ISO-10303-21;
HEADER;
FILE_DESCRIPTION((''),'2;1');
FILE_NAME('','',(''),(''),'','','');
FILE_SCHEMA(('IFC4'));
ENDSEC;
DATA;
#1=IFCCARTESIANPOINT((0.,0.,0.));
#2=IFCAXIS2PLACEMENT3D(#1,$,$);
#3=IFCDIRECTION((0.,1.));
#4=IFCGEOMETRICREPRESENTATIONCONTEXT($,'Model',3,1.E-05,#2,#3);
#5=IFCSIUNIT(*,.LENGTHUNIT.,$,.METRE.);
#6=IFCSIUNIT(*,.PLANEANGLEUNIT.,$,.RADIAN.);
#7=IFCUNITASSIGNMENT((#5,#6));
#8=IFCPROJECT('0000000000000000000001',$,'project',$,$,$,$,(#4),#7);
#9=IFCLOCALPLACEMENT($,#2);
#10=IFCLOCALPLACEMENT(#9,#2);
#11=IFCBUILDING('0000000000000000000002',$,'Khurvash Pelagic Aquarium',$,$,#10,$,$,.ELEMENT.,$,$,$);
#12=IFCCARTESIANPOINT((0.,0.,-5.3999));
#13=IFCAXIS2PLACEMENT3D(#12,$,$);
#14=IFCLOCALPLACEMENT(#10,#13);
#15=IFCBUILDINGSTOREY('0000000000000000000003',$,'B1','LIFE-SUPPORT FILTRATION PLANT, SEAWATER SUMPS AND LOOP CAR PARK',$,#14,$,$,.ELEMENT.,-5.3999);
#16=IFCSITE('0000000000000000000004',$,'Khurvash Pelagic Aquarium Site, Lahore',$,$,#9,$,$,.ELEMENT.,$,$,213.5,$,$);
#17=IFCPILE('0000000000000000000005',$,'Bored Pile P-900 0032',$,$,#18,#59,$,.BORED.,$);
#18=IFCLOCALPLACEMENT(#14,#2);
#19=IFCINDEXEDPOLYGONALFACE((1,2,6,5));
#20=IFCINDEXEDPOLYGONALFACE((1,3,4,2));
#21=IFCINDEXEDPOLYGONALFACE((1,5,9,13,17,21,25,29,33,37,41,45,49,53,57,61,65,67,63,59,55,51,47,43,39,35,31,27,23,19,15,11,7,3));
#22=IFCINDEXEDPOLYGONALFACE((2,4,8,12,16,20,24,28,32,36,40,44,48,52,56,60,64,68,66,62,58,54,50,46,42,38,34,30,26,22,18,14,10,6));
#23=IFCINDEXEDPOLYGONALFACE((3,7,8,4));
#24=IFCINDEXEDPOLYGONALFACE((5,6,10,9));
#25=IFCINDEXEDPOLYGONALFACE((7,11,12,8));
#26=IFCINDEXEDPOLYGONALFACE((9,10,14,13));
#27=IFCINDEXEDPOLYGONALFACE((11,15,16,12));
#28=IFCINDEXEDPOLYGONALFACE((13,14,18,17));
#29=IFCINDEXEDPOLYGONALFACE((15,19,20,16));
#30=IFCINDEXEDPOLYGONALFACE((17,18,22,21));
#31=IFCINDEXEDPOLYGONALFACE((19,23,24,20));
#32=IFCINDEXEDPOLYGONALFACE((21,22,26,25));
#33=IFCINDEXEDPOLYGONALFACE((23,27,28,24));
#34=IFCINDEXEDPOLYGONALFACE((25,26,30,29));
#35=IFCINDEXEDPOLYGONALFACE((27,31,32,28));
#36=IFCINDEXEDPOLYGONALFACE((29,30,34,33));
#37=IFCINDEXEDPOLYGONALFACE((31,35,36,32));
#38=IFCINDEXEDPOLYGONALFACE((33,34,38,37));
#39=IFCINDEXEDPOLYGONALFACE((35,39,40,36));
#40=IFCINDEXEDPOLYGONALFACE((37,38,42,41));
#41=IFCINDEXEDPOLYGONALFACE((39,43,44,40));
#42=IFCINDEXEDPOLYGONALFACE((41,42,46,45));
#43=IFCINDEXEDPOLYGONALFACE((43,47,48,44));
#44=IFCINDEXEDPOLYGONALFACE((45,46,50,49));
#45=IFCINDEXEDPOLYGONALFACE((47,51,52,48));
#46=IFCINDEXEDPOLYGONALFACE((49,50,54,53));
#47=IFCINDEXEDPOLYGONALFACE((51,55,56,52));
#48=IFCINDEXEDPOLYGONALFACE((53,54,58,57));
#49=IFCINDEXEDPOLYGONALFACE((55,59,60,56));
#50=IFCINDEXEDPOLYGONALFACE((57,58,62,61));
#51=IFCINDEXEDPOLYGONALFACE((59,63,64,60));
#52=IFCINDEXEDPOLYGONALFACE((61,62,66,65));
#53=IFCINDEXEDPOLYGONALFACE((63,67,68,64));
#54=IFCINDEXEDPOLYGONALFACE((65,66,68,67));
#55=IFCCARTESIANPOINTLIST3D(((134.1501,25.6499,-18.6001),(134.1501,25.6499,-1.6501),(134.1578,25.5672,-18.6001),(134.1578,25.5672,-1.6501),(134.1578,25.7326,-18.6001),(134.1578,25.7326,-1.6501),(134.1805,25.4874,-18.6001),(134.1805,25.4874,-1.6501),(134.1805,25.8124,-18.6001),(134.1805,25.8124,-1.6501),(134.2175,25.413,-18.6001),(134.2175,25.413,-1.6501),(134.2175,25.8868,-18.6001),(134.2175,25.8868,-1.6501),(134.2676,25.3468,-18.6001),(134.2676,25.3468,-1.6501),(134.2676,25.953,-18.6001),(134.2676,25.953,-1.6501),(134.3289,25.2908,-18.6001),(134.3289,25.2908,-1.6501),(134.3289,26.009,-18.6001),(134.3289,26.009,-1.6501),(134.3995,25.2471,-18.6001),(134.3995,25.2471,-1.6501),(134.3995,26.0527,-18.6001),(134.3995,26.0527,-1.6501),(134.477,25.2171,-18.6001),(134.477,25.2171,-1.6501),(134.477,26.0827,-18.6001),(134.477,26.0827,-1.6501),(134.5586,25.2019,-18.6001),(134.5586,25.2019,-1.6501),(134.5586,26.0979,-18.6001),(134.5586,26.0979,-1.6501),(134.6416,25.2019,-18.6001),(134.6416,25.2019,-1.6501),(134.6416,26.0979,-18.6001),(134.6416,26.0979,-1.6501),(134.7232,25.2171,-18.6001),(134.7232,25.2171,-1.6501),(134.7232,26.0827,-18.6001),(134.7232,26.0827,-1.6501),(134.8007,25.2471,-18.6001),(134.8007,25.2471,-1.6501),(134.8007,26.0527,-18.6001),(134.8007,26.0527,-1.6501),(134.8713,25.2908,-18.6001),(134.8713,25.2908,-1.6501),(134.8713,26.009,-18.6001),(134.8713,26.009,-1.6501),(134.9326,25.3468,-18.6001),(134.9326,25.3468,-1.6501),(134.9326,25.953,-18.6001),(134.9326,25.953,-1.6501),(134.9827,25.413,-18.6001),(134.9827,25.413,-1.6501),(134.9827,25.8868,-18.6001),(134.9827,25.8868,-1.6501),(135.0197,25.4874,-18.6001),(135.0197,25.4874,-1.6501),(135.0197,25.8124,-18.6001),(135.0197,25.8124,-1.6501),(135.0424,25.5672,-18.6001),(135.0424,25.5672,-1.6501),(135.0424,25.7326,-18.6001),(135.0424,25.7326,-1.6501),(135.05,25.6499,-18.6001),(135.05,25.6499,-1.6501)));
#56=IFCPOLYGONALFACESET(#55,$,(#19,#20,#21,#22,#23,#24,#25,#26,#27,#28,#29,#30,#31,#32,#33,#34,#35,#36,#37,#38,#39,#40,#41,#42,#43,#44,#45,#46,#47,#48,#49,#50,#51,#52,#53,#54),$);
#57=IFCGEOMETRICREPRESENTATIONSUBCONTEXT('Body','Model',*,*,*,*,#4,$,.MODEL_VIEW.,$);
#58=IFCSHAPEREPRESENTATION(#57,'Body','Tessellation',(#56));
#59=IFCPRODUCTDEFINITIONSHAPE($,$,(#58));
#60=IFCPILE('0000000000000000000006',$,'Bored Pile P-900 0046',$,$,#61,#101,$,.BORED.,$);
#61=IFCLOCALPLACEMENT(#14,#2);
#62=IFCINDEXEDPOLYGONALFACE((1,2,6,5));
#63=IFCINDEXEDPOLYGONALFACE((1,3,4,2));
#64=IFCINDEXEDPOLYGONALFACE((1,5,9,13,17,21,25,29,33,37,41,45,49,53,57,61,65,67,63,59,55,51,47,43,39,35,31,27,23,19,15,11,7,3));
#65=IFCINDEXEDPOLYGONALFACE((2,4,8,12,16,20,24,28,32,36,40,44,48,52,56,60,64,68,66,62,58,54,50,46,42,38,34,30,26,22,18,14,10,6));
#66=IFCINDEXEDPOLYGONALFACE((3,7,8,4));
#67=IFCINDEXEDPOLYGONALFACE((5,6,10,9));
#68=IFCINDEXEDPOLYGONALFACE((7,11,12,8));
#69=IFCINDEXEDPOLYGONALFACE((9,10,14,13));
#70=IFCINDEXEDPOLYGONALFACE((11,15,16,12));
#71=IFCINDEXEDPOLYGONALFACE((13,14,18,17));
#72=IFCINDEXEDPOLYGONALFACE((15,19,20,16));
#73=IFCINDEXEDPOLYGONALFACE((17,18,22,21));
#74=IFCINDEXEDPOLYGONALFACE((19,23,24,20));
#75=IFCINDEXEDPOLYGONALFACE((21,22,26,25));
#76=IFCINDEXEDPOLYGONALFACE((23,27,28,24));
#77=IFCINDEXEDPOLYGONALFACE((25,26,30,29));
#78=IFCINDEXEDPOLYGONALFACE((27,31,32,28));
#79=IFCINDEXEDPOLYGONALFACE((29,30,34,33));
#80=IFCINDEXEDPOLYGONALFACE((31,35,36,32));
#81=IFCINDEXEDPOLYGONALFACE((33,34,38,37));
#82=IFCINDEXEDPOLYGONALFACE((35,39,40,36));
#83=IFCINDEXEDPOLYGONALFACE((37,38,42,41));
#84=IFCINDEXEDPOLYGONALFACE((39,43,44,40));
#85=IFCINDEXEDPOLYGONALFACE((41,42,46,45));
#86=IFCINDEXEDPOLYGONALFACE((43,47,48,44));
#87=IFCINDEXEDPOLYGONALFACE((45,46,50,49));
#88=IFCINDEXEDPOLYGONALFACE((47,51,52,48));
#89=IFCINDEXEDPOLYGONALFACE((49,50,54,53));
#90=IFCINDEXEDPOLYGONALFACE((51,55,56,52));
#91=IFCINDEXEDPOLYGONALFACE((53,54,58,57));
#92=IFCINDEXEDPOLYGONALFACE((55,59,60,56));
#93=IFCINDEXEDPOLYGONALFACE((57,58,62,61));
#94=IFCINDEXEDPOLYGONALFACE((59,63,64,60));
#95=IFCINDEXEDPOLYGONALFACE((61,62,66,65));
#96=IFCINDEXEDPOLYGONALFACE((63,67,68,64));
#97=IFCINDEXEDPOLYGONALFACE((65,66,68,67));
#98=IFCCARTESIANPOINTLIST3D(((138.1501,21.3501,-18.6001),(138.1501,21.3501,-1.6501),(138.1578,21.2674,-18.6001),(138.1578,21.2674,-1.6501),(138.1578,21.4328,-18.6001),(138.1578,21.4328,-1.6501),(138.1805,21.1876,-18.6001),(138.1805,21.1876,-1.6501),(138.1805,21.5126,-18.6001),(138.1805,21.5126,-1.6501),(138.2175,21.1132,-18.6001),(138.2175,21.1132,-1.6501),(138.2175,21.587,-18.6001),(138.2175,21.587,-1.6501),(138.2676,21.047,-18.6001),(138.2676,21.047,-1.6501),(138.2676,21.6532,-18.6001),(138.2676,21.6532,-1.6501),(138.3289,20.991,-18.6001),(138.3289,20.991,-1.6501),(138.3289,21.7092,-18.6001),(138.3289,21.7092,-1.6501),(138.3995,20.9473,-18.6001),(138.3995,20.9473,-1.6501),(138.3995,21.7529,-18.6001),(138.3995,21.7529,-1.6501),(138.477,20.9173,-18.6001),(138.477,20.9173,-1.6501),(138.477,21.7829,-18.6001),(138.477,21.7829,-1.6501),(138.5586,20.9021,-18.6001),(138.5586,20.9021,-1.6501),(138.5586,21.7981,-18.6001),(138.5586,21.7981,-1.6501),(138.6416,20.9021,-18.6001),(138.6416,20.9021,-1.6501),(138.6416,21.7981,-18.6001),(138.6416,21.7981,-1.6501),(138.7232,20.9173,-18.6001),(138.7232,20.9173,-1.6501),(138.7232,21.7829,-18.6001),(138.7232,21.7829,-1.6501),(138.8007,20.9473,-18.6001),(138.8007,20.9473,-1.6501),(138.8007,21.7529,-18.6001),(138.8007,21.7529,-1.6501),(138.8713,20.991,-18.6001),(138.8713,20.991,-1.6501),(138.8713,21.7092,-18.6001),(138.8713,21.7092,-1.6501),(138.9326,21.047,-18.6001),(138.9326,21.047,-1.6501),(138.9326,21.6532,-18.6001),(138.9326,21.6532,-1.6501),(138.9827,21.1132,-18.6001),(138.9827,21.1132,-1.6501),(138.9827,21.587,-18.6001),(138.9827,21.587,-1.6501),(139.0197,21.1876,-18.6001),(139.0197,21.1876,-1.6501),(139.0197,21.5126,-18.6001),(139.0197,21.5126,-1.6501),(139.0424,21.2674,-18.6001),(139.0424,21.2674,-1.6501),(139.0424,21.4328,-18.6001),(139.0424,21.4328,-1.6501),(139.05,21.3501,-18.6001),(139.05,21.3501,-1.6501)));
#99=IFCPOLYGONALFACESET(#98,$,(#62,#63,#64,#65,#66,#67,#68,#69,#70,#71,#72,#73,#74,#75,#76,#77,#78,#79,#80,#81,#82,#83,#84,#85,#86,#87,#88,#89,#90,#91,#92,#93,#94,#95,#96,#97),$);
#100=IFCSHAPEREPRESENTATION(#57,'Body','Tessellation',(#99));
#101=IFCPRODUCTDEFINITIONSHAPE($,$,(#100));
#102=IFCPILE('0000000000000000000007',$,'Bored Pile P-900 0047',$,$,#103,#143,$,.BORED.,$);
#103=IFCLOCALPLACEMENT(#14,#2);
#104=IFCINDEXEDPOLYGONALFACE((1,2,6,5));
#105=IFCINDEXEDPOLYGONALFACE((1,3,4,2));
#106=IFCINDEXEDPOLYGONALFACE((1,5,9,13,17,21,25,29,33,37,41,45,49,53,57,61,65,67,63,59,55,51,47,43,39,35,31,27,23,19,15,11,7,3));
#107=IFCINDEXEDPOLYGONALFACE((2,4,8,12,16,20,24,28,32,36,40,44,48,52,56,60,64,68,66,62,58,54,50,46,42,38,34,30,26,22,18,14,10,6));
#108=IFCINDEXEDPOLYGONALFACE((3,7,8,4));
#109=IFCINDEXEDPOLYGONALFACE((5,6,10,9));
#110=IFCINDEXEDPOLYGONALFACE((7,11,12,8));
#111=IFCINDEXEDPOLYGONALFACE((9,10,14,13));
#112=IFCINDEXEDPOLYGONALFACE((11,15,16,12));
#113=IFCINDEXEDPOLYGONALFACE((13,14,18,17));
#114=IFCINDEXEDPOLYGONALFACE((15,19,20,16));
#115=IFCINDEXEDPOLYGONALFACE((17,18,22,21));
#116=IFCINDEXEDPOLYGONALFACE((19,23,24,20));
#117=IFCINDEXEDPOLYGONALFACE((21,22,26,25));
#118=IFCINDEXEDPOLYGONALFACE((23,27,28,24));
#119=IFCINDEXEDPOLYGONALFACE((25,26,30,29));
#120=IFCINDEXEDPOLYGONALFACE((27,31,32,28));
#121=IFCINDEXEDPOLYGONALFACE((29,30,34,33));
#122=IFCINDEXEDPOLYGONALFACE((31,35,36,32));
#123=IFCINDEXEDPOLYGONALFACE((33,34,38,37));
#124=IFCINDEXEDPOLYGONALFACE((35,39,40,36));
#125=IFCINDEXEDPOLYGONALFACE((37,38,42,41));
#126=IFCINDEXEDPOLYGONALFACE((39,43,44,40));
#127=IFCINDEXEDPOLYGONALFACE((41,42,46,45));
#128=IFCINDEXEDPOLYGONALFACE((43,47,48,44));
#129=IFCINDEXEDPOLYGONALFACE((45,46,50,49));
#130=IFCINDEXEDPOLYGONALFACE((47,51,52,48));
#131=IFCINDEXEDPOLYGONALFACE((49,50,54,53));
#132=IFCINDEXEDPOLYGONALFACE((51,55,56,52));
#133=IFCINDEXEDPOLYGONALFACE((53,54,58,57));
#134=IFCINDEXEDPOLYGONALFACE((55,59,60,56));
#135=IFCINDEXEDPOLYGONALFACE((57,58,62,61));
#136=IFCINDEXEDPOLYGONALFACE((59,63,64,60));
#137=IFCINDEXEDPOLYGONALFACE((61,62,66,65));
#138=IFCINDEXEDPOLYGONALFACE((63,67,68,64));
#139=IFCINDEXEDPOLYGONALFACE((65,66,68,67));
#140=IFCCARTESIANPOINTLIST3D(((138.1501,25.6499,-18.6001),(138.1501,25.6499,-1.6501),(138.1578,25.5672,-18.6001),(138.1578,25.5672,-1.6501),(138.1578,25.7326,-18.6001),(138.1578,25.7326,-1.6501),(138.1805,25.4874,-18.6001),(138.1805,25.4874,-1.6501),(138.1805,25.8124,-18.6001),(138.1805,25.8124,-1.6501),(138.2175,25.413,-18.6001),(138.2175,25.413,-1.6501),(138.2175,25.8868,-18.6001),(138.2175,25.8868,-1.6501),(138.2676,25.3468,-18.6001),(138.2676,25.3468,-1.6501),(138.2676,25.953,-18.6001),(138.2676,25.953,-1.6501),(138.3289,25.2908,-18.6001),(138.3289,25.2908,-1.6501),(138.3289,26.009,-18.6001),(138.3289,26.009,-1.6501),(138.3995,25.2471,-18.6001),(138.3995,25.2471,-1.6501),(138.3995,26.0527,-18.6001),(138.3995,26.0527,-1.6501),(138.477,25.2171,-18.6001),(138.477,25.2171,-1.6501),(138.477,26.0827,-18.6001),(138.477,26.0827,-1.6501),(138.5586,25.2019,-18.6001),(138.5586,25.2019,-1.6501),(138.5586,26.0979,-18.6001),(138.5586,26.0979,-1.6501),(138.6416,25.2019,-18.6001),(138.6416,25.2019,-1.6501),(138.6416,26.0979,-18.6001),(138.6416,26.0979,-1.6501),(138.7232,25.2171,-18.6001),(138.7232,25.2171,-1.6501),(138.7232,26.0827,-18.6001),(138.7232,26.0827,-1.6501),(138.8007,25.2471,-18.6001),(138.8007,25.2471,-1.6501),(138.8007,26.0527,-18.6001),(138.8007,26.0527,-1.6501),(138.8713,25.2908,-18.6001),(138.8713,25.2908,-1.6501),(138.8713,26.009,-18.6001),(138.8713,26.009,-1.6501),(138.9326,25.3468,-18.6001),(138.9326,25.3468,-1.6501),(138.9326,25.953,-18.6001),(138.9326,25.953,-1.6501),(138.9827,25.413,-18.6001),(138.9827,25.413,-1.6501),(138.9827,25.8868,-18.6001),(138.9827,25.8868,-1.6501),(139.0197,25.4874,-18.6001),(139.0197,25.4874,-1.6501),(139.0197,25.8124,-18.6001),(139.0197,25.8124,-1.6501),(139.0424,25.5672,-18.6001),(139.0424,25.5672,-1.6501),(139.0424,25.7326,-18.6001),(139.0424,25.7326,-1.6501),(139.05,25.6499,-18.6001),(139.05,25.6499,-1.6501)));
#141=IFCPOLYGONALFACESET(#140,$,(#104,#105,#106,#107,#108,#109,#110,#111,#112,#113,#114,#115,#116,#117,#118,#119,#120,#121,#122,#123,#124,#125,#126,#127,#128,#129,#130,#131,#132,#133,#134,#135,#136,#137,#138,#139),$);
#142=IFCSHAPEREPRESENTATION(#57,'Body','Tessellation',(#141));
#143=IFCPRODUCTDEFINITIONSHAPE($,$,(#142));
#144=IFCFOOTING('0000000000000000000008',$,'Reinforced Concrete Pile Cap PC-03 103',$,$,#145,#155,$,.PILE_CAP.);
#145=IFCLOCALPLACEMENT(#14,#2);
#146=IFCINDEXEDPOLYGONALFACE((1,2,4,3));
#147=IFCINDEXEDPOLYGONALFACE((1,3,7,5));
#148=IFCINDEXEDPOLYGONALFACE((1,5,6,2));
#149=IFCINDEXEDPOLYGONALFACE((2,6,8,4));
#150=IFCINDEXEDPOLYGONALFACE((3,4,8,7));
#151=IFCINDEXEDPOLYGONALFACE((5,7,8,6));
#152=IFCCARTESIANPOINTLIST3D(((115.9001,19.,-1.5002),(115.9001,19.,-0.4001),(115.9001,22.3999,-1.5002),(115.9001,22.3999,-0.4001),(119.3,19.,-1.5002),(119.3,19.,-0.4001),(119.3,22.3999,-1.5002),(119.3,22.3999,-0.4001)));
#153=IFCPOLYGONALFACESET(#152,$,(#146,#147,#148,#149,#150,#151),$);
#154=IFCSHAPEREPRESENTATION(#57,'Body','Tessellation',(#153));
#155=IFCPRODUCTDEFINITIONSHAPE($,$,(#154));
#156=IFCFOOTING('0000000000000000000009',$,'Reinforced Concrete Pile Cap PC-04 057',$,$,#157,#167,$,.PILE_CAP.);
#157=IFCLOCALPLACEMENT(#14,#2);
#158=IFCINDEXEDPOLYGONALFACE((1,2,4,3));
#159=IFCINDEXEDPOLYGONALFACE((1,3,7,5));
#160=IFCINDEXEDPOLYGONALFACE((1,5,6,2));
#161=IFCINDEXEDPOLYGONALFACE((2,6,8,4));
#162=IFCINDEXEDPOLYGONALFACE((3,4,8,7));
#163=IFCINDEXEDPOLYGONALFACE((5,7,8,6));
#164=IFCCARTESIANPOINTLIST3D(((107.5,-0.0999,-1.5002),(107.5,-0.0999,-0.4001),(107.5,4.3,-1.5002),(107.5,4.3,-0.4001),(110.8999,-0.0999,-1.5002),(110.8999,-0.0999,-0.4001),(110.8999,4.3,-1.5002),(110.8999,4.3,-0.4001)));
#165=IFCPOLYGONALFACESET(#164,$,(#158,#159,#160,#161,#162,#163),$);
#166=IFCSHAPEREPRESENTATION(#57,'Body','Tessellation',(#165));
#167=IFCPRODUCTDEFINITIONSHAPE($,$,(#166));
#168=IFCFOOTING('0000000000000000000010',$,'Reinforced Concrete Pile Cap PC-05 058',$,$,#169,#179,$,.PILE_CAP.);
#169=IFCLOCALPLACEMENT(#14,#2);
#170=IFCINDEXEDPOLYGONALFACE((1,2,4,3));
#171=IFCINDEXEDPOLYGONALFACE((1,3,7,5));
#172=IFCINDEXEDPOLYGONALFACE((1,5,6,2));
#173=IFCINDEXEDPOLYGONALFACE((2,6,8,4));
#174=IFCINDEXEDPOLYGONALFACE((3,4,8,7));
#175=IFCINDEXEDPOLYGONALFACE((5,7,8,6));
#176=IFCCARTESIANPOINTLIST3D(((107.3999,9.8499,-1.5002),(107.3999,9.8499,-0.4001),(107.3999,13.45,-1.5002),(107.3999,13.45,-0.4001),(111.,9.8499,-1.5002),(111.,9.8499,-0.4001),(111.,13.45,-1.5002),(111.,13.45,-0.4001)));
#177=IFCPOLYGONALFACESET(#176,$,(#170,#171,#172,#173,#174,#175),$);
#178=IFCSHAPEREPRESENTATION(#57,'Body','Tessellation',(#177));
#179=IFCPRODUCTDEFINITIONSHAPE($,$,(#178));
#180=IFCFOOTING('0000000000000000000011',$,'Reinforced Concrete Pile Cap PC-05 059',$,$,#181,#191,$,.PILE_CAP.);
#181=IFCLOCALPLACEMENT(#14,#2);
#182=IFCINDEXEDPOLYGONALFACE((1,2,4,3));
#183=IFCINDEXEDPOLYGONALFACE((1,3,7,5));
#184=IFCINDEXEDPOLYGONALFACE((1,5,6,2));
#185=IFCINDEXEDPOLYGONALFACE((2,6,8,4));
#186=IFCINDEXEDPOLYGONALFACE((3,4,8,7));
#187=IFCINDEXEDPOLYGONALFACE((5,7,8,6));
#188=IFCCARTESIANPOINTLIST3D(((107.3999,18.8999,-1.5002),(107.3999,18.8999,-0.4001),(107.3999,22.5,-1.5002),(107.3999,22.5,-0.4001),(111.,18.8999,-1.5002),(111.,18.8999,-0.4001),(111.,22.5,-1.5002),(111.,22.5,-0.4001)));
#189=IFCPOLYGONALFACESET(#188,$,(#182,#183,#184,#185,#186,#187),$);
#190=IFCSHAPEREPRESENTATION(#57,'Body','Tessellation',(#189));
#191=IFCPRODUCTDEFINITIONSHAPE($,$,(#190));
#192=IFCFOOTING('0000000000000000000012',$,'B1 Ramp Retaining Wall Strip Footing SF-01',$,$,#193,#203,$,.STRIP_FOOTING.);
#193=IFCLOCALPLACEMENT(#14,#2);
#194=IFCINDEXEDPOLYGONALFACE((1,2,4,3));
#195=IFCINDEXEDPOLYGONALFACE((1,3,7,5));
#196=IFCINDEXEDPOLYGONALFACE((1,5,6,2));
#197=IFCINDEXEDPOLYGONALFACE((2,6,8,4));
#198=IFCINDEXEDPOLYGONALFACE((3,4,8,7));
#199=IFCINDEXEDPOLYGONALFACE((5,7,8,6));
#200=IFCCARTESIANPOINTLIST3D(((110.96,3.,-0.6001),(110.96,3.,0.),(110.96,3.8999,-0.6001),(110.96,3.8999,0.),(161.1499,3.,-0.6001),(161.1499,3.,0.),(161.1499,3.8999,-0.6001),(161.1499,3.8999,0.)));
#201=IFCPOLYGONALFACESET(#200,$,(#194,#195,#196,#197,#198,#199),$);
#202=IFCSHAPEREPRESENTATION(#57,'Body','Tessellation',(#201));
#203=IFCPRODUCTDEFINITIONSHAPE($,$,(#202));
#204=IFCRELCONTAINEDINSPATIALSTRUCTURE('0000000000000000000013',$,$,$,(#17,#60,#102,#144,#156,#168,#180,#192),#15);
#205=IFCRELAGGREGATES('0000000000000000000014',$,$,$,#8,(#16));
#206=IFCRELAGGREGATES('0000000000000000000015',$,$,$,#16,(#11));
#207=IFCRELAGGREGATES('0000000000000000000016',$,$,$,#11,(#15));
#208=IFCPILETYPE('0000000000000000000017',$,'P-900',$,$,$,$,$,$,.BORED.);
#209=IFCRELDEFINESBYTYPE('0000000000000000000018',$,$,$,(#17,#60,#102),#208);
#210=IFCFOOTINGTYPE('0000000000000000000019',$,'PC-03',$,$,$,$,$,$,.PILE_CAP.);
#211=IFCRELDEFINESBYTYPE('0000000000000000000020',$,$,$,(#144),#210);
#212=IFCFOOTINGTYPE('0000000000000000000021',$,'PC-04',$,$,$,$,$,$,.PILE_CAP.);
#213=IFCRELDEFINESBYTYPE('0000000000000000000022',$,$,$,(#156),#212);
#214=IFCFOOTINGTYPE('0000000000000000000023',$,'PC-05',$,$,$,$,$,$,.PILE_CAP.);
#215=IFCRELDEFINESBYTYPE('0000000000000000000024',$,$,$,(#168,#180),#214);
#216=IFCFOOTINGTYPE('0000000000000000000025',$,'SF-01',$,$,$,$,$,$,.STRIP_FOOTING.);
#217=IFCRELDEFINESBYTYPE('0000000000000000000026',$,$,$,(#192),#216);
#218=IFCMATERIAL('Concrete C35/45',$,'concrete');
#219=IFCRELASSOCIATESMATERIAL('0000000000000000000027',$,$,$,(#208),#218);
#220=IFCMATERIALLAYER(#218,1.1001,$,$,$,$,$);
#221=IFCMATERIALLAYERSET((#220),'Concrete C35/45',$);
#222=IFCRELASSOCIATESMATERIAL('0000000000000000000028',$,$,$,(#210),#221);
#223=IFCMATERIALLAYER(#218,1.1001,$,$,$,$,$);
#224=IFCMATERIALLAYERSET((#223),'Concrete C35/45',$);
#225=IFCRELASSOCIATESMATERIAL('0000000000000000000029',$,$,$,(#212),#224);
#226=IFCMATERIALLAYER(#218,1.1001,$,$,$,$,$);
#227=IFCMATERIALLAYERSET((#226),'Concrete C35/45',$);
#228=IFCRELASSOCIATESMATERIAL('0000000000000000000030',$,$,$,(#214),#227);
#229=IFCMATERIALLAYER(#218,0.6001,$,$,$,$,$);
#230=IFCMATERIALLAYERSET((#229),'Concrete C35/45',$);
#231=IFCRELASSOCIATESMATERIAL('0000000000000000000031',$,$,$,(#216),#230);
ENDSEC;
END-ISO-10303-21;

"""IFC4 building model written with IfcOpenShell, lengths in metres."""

from ifc_helpers import new_model, si_unit, direction, frame, origin, origin_2d, place, context, subcontext, project, spatial, rectangle, circle, extrude, material, layer, layer_set, material_profile, profile_set, type_object, element, save


model = new_model("IFC4")

# Units and contexts
model_context = context("Model", 3, precision=1e-05, world=origin(), true_north=direction((0.0, 1.0)))
body_context = subcontext(model_context, "Body", "Model", "MODEL_VIEW")
ifc_project = project(units=[si_unit("LENGTHUNIT", "METRE"), si_unit("PLANEANGLEUNIT", "RADIAN")], contexts=[model_context])

# Site, building, storey
site_placement = place(None, origin())
site = spatial("IfcSite", under=ifc_project, at=site_placement, Name="Khurvash Pelagic Aquarium Site, Lahore", CompositionType="ELEMENT", RefElevation=213.5)
building_placement = place(site_placement, origin())
building = spatial("IfcBuilding", under=site, at=building_placement, Name="Khurvash Pelagic Aquarium", CompositionType="ELEMENT")
storey_placement = place(building_placement, frame((0.0, 0.0, -5.3999)))
storey = spatial("IfcBuildingStorey", under=building, at=storey_placement, Name="B1", Description="LIFE-SUPPORT FILTRATION PLANT, SEAWATER SUMPS AND LOOP CAR PARK", CompositionType="ELEMENT", Elevation=-5.3999)

# Shared definitions
ifc_material_1 = material(Name="Concrete C35/45", Category="concrete")

# Piles
ifc_material_profile_1 = material_profile(ifc_material_1, circle(Radius=0.45, at=origin_2d()), Name="PILE900")
ifc_profile_set_1 = profile_set([ifc_material_profile_1], Name="Concrete C35/45")
pile_type_1 = type_object("IfcPileType", Name="P-900", PredefinedType="BORED", material=ifc_profile_set_1)
for number, where, z_axis, x_axis, name in (
    (1, (134.6001, 25.6499, -1.6501), (0.0, 0.0, -1.0), (1.0, 0.0, 0.0), "Bored Pile P-900 0032"),
    (2, (138.6001, 21.3501, -1.6501), (0.0, 0.0, -1.0), (1.0, 0.0, 0.0), "Bored Pile P-900 0046"),
    (3, (138.6001, 25.6499, -1.6501), (0.0, 0.0, -1.0), (1.0, 0.0, 0.0), "Bored Pile P-900 0047"),
):
    element("IfcPile", number, at=place(storey_placement, frame(where, z_axis=z_axis, x_axis=x_axis)), inside=storey, type_object=pile_type_1, Name=name, PredefinedType="BORED", context=body_context, shape_type="SweptSolid", body=[
        extrude(circle(Radius=0.45, at=origin_2d()), origin(), (0.0, 0.0, 1.0), 16.95),
    ])

# Footings
ifc_layer_1 = layer(ifc_material_1, 1.1001)
ifc_layer_set_1 = layer_set([ifc_layer_1], Name="Concrete C35/45")
footing_type_1 = type_object("IfcFootingType", Name="PC-03", PredefinedType="PILE_CAP", material=ifc_layer_set_1)
footing_1_placement = place(storey_placement, frame((117.6001, 20.7, -1.5002), z_axis=(0.0, 0.0, 1.0), x_axis=(1.0, 0.0, 0.0)))
element("IfcFooting", 4, at=footing_1_placement, inside=storey, type_object=footing_type_1, Name="Reinforced Concrete Pile Cap PC-03 103", PredefinedType="PILE_CAP", context=body_context, shape_type="SweptSolid", body=[
    extrude(rectangle(XDim=3.3999, YDim=3.3999, at=origin_2d()), origin(), (0.0, 0.0, 1.0), 1.1001),
])
ifc_layer_2 = layer(ifc_material_1, 1.1001)
ifc_layer_set_2 = layer_set([ifc_layer_2], Name="Concrete C35/45")
footing_type_2 = type_object("IfcFootingType", Name="PC-04", PredefinedType="PILE_CAP", material=ifc_layer_set_2)
footing_2_placement = place(storey_placement, frame((109.2, 2.1001, -1.5002), z_axis=(0.0, 0.0, 1.0), x_axis=(1.0, 0.0, 0.0)))
element("IfcFooting", 5, at=footing_2_placement, inside=storey, type_object=footing_type_2, Name="Reinforced Concrete Pile Cap PC-04 057", PredefinedType="PILE_CAP", context=body_context, shape_type="SweptSolid", body=[
    extrude(rectangle(XDim=3.3999, YDim=4.3999, at=origin_2d()), origin(), (0.0, 0.0, 1.0), 1.1001),
])
ifc_layer_3 = layer(ifc_material_1, 1.1001)
ifc_layer_set_3 = layer_set([ifc_layer_3], Name="Concrete C35/45")
footing_type_3 = type_object("IfcFootingType", Name="PC-05", PredefinedType="PILE_CAP", material=ifc_layer_set_3)
for number, where, z_axis, x_axis, name in (
    (6, (109.2, 11.6499, -1.5002), (0.0, 0.0, 1.0), (1.0, 0.0, 0.0), "Reinforced Concrete Pile Cap PC-05 058"),
    (7, (109.2, 20.7, -1.5002), (0.0, 0.0, 1.0), (1.0, 0.0, 0.0), "Reinforced Concrete Pile Cap PC-05 059"),
):
    element("IfcFooting", number, at=place(storey_placement, frame(where, z_axis=z_axis, x_axis=x_axis)), inside=storey, type_object=footing_type_3, Name=name, PredefinedType="PILE_CAP", context=body_context, shape_type="SweptSolid", body=[
        extrude(rectangle(XDim=3.6001, YDim=3.6001, at=origin_2d()), origin(), (0.0, 0.0, 1.0), 1.1001),
    ])
ifc_layer_4 = layer(ifc_material_1, 0.6001)
ifc_layer_set_4 = layer_set([ifc_layer_4], Name="Concrete C35/45")
footing_type_4 = type_object("IfcFootingType", Name="SF-01", PredefinedType="STRIP_FOOTING", material=ifc_layer_set_4)
footing_3_placement = place(storey_placement, frame((136.0549, 3.45, -0.6001), z_axis=(0.0, 0.0, 1.0), x_axis=(1.0, 0.0, 0.0)))
element("IfcFooting", 8, at=footing_3_placement, inside=storey, type_object=footing_type_4, Name="B1 Ramp Retaining Wall Strip Footing SF-01", PredefinedType="STRIP_FOOTING", context=body_context, shape_type="SweptSolid", body=[
    extrude(rectangle(XDim=50.1899, YDim=0.8999, at=origin_2d()), origin(), (0.0, 0.0, 1.0), 0.6001),
])

save(model, "model.ifc")
